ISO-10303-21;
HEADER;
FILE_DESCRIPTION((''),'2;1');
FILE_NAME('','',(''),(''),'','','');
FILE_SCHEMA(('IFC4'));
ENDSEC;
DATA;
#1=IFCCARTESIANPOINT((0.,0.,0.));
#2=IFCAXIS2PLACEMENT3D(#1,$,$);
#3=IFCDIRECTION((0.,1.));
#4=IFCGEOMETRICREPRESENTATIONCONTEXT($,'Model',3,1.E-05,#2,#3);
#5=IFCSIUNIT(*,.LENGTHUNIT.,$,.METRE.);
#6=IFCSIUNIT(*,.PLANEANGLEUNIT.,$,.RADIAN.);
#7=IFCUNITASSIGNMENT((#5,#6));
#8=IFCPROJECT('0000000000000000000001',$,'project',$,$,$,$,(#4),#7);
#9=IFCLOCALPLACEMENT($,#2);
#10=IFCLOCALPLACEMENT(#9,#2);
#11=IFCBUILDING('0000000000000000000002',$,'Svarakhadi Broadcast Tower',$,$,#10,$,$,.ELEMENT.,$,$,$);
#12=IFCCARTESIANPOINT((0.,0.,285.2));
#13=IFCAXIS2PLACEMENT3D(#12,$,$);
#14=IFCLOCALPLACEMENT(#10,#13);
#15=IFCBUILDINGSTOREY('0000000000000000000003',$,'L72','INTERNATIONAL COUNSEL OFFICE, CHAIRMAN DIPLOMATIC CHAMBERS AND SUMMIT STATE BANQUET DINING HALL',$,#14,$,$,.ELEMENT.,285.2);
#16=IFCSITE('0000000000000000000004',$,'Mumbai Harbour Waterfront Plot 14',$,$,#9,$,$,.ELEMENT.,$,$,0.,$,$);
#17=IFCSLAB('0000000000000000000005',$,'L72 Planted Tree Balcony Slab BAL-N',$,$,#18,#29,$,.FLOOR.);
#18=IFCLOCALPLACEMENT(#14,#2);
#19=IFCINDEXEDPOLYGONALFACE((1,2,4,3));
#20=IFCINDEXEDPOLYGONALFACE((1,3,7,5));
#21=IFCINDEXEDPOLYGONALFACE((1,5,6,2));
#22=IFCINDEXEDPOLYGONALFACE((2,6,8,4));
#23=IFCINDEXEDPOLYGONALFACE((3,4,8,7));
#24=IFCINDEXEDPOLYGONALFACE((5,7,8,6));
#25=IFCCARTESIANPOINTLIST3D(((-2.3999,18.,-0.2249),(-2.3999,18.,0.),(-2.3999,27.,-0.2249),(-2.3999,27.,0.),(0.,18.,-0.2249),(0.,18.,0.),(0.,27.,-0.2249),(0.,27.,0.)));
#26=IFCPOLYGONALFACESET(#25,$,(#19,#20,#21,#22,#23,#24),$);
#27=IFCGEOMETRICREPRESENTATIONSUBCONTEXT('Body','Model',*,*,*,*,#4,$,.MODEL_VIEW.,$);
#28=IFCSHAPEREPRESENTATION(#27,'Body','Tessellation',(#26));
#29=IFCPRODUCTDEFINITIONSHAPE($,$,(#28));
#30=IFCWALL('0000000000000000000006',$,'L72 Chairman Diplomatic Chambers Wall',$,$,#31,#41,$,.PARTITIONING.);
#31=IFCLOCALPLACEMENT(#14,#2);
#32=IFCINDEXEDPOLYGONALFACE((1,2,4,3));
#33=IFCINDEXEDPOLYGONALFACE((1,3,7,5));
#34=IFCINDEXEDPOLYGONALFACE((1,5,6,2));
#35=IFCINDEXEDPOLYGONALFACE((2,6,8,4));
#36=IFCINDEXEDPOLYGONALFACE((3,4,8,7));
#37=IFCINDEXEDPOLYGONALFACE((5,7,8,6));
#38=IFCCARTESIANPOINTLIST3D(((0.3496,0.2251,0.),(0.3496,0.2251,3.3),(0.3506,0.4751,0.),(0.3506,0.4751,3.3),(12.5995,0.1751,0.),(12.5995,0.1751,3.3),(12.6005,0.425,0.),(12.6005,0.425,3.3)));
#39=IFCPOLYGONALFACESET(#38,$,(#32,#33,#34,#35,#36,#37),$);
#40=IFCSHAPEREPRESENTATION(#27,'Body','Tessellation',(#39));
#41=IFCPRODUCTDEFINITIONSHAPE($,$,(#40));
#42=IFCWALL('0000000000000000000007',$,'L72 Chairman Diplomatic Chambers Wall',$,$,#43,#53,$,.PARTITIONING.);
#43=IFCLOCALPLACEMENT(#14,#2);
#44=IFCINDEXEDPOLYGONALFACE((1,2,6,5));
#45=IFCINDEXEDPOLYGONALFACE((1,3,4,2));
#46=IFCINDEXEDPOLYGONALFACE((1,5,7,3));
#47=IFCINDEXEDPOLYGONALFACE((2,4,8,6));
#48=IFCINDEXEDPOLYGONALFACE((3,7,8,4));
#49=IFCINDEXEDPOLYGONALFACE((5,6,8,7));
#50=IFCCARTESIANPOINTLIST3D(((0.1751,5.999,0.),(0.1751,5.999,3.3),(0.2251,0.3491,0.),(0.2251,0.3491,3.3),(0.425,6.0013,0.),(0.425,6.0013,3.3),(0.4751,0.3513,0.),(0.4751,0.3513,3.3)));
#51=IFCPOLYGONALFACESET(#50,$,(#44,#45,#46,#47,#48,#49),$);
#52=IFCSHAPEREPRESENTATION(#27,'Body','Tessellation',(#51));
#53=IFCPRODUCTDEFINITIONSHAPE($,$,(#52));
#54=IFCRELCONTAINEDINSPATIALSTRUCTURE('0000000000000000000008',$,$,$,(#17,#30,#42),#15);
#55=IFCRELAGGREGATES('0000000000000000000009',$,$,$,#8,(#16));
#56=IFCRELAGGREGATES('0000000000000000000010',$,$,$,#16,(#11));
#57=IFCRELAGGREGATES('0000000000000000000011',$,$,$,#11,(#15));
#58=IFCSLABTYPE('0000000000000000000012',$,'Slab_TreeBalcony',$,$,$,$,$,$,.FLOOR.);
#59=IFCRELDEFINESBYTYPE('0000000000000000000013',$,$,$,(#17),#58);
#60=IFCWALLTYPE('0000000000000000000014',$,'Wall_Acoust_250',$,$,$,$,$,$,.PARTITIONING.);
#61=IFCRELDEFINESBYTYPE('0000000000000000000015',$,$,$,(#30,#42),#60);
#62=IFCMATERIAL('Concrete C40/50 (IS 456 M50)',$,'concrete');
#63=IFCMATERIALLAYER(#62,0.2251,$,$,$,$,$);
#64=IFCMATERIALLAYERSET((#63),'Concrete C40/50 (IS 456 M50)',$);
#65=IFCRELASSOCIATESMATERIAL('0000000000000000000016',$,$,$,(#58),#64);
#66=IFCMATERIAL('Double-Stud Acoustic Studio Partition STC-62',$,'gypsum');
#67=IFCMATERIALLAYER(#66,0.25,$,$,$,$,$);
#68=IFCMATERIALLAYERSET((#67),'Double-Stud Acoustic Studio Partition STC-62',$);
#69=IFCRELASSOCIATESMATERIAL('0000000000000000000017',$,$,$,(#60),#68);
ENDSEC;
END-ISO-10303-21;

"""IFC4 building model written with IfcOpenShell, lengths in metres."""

from ifc_helpers import new_model, si_unit, direction, frame, frame_2d, origin, place, context, subcontext, project, spatial, polyline, rectangle, outline, extrude, material, layer, layer_set, type_object, element, save


model = new_model("IFC4")

# Units and contexts
model_context = context("Model", 3, precision=1e-05, world=origin(), true_north=direction((0.0, 1.0)))
body_context = subcontext(model_context, "Body", "Model", "MODEL_VIEW")
ifc_project = project(units=[si_unit("LENGTHUNIT", "METRE"), si_unit("PLANEANGLEUNIT", "RADIAN")], contexts=[model_context])

# Site, building, storey
site_placement = place(None, origin())
site = spatial("IfcSite", under=ifc_project, at=site_placement, Name="Mumbai Harbour Waterfront Plot 14", CompositionType="ELEMENT", RefElevation=0.0)
building_placement = place(site_placement, origin())
building = spatial("IfcBuilding", under=site, at=building_placement, Name="Svarakhadi Broadcast Tower", CompositionType="ELEMENT")
storey_placement = place(building_placement, frame((0.0, 0.0, 285.2)))
storey = spatial("IfcBuildingStorey", under=building, at=storey_placement, Name="L72", Description="INTERNATIONAL COUNSEL OFFICE, CHAIRMAN DIPLOMATIC CHAMBERS AND SUMMIT STATE BANQUET DINING HALL", CompositionType="ELEMENT", Elevation=285.2)

# Shared definitions
ifc_material_1 = material(Name="Concrete C40/50 (IS 456 M50)", Category="concrete")

# Slab
ifc_layer_1 = layer(ifc_material_1, 0.2251)
ifc_layer_set_1 = layer_set([ifc_layer_1], Name="Concrete C40/50 (IS 456 M50)")
slab_type_1 = type_object("IfcSlabType", Name="Slab_TreeBalcony", PredefinedType="FLOOR", material=ifc_layer_set_1)
slab_1_placement = place(storey_placement, frame((0.0, 0.0, -0.2249)))
element("IfcSlab", 1, at=slab_1_placement, inside=storey, type_object=slab_type_1, Name="L72 Planted Tree Balcony Slab BAL-N", PredefinedType="FLOOR", context=body_context, shape_type="SweptSolid", body=[
    extrude(outline(polyline([(-2.3999, 18.0), (0.0, 18.0), (0.0, 27.0), (-2.3999, 27.0), (-2.3999, 18.0)])), origin(), (0.0, 0.0, 1.0), 0.2249),
])

# Walls
ifc_material_2 = material(Name="Double-Stud Acoustic Studio Partition STC-62", Category="gypsum")
ifc_layer_2 = layer(ifc_material_2, 0.25)
ifc_layer_set_2 = layer_set([ifc_layer_2], Name="Double-Stud Acoustic Studio Partition STC-62")
wall_type = type_object("IfcWallType", Name="Wall_Acoust_250", PredefinedType="PARTITIONING", material=ifc_layer_set_2)
wall_1_placement = place(storey_placement, frame((0.3501, 0.3501, 0.0), z_axis=(0.0, 0.0, 1.0), x_axis=(0.999992, -0.004086, 0.0)))
element("IfcWall", 2, at=wall_1_placement, inside=storey, type_object=wall_type, Name="L72 Chairman Diplomatic Chambers Wall", PredefinedType="PARTITIONING", context=body_context, shape_type="SweptSolid", body=[
    extrude(rectangle(XDim=12.25, YDim=0.25, at=frame_2d((6.125, 0.0))), origin(), (0.0, 0.0, 1.0), 3.3),
])
wall_2_placement = place(storey_placement, frame((0.3501, 0.3501, 0.0), z_axis=(0.0, 0.0, 1.0), x_axis=(-0.008858, 0.999961, 0.0)))
element("IfcWall", 3, at=wall_2_placement, inside=storey, type_object=wall_type, Name="L72 Chairman Diplomatic Chambers Wall", PredefinedType="PARTITIONING", context=body_context, shape_type="SweptSolid", body=[
    extrude(rectangle(XDim=5.6501, YDim=0.25, at=frame_2d((2.8252, 0.0))), origin(), (0.0, 0.0, 1.0), 3.3),
])

save(model, "model.ifc")
